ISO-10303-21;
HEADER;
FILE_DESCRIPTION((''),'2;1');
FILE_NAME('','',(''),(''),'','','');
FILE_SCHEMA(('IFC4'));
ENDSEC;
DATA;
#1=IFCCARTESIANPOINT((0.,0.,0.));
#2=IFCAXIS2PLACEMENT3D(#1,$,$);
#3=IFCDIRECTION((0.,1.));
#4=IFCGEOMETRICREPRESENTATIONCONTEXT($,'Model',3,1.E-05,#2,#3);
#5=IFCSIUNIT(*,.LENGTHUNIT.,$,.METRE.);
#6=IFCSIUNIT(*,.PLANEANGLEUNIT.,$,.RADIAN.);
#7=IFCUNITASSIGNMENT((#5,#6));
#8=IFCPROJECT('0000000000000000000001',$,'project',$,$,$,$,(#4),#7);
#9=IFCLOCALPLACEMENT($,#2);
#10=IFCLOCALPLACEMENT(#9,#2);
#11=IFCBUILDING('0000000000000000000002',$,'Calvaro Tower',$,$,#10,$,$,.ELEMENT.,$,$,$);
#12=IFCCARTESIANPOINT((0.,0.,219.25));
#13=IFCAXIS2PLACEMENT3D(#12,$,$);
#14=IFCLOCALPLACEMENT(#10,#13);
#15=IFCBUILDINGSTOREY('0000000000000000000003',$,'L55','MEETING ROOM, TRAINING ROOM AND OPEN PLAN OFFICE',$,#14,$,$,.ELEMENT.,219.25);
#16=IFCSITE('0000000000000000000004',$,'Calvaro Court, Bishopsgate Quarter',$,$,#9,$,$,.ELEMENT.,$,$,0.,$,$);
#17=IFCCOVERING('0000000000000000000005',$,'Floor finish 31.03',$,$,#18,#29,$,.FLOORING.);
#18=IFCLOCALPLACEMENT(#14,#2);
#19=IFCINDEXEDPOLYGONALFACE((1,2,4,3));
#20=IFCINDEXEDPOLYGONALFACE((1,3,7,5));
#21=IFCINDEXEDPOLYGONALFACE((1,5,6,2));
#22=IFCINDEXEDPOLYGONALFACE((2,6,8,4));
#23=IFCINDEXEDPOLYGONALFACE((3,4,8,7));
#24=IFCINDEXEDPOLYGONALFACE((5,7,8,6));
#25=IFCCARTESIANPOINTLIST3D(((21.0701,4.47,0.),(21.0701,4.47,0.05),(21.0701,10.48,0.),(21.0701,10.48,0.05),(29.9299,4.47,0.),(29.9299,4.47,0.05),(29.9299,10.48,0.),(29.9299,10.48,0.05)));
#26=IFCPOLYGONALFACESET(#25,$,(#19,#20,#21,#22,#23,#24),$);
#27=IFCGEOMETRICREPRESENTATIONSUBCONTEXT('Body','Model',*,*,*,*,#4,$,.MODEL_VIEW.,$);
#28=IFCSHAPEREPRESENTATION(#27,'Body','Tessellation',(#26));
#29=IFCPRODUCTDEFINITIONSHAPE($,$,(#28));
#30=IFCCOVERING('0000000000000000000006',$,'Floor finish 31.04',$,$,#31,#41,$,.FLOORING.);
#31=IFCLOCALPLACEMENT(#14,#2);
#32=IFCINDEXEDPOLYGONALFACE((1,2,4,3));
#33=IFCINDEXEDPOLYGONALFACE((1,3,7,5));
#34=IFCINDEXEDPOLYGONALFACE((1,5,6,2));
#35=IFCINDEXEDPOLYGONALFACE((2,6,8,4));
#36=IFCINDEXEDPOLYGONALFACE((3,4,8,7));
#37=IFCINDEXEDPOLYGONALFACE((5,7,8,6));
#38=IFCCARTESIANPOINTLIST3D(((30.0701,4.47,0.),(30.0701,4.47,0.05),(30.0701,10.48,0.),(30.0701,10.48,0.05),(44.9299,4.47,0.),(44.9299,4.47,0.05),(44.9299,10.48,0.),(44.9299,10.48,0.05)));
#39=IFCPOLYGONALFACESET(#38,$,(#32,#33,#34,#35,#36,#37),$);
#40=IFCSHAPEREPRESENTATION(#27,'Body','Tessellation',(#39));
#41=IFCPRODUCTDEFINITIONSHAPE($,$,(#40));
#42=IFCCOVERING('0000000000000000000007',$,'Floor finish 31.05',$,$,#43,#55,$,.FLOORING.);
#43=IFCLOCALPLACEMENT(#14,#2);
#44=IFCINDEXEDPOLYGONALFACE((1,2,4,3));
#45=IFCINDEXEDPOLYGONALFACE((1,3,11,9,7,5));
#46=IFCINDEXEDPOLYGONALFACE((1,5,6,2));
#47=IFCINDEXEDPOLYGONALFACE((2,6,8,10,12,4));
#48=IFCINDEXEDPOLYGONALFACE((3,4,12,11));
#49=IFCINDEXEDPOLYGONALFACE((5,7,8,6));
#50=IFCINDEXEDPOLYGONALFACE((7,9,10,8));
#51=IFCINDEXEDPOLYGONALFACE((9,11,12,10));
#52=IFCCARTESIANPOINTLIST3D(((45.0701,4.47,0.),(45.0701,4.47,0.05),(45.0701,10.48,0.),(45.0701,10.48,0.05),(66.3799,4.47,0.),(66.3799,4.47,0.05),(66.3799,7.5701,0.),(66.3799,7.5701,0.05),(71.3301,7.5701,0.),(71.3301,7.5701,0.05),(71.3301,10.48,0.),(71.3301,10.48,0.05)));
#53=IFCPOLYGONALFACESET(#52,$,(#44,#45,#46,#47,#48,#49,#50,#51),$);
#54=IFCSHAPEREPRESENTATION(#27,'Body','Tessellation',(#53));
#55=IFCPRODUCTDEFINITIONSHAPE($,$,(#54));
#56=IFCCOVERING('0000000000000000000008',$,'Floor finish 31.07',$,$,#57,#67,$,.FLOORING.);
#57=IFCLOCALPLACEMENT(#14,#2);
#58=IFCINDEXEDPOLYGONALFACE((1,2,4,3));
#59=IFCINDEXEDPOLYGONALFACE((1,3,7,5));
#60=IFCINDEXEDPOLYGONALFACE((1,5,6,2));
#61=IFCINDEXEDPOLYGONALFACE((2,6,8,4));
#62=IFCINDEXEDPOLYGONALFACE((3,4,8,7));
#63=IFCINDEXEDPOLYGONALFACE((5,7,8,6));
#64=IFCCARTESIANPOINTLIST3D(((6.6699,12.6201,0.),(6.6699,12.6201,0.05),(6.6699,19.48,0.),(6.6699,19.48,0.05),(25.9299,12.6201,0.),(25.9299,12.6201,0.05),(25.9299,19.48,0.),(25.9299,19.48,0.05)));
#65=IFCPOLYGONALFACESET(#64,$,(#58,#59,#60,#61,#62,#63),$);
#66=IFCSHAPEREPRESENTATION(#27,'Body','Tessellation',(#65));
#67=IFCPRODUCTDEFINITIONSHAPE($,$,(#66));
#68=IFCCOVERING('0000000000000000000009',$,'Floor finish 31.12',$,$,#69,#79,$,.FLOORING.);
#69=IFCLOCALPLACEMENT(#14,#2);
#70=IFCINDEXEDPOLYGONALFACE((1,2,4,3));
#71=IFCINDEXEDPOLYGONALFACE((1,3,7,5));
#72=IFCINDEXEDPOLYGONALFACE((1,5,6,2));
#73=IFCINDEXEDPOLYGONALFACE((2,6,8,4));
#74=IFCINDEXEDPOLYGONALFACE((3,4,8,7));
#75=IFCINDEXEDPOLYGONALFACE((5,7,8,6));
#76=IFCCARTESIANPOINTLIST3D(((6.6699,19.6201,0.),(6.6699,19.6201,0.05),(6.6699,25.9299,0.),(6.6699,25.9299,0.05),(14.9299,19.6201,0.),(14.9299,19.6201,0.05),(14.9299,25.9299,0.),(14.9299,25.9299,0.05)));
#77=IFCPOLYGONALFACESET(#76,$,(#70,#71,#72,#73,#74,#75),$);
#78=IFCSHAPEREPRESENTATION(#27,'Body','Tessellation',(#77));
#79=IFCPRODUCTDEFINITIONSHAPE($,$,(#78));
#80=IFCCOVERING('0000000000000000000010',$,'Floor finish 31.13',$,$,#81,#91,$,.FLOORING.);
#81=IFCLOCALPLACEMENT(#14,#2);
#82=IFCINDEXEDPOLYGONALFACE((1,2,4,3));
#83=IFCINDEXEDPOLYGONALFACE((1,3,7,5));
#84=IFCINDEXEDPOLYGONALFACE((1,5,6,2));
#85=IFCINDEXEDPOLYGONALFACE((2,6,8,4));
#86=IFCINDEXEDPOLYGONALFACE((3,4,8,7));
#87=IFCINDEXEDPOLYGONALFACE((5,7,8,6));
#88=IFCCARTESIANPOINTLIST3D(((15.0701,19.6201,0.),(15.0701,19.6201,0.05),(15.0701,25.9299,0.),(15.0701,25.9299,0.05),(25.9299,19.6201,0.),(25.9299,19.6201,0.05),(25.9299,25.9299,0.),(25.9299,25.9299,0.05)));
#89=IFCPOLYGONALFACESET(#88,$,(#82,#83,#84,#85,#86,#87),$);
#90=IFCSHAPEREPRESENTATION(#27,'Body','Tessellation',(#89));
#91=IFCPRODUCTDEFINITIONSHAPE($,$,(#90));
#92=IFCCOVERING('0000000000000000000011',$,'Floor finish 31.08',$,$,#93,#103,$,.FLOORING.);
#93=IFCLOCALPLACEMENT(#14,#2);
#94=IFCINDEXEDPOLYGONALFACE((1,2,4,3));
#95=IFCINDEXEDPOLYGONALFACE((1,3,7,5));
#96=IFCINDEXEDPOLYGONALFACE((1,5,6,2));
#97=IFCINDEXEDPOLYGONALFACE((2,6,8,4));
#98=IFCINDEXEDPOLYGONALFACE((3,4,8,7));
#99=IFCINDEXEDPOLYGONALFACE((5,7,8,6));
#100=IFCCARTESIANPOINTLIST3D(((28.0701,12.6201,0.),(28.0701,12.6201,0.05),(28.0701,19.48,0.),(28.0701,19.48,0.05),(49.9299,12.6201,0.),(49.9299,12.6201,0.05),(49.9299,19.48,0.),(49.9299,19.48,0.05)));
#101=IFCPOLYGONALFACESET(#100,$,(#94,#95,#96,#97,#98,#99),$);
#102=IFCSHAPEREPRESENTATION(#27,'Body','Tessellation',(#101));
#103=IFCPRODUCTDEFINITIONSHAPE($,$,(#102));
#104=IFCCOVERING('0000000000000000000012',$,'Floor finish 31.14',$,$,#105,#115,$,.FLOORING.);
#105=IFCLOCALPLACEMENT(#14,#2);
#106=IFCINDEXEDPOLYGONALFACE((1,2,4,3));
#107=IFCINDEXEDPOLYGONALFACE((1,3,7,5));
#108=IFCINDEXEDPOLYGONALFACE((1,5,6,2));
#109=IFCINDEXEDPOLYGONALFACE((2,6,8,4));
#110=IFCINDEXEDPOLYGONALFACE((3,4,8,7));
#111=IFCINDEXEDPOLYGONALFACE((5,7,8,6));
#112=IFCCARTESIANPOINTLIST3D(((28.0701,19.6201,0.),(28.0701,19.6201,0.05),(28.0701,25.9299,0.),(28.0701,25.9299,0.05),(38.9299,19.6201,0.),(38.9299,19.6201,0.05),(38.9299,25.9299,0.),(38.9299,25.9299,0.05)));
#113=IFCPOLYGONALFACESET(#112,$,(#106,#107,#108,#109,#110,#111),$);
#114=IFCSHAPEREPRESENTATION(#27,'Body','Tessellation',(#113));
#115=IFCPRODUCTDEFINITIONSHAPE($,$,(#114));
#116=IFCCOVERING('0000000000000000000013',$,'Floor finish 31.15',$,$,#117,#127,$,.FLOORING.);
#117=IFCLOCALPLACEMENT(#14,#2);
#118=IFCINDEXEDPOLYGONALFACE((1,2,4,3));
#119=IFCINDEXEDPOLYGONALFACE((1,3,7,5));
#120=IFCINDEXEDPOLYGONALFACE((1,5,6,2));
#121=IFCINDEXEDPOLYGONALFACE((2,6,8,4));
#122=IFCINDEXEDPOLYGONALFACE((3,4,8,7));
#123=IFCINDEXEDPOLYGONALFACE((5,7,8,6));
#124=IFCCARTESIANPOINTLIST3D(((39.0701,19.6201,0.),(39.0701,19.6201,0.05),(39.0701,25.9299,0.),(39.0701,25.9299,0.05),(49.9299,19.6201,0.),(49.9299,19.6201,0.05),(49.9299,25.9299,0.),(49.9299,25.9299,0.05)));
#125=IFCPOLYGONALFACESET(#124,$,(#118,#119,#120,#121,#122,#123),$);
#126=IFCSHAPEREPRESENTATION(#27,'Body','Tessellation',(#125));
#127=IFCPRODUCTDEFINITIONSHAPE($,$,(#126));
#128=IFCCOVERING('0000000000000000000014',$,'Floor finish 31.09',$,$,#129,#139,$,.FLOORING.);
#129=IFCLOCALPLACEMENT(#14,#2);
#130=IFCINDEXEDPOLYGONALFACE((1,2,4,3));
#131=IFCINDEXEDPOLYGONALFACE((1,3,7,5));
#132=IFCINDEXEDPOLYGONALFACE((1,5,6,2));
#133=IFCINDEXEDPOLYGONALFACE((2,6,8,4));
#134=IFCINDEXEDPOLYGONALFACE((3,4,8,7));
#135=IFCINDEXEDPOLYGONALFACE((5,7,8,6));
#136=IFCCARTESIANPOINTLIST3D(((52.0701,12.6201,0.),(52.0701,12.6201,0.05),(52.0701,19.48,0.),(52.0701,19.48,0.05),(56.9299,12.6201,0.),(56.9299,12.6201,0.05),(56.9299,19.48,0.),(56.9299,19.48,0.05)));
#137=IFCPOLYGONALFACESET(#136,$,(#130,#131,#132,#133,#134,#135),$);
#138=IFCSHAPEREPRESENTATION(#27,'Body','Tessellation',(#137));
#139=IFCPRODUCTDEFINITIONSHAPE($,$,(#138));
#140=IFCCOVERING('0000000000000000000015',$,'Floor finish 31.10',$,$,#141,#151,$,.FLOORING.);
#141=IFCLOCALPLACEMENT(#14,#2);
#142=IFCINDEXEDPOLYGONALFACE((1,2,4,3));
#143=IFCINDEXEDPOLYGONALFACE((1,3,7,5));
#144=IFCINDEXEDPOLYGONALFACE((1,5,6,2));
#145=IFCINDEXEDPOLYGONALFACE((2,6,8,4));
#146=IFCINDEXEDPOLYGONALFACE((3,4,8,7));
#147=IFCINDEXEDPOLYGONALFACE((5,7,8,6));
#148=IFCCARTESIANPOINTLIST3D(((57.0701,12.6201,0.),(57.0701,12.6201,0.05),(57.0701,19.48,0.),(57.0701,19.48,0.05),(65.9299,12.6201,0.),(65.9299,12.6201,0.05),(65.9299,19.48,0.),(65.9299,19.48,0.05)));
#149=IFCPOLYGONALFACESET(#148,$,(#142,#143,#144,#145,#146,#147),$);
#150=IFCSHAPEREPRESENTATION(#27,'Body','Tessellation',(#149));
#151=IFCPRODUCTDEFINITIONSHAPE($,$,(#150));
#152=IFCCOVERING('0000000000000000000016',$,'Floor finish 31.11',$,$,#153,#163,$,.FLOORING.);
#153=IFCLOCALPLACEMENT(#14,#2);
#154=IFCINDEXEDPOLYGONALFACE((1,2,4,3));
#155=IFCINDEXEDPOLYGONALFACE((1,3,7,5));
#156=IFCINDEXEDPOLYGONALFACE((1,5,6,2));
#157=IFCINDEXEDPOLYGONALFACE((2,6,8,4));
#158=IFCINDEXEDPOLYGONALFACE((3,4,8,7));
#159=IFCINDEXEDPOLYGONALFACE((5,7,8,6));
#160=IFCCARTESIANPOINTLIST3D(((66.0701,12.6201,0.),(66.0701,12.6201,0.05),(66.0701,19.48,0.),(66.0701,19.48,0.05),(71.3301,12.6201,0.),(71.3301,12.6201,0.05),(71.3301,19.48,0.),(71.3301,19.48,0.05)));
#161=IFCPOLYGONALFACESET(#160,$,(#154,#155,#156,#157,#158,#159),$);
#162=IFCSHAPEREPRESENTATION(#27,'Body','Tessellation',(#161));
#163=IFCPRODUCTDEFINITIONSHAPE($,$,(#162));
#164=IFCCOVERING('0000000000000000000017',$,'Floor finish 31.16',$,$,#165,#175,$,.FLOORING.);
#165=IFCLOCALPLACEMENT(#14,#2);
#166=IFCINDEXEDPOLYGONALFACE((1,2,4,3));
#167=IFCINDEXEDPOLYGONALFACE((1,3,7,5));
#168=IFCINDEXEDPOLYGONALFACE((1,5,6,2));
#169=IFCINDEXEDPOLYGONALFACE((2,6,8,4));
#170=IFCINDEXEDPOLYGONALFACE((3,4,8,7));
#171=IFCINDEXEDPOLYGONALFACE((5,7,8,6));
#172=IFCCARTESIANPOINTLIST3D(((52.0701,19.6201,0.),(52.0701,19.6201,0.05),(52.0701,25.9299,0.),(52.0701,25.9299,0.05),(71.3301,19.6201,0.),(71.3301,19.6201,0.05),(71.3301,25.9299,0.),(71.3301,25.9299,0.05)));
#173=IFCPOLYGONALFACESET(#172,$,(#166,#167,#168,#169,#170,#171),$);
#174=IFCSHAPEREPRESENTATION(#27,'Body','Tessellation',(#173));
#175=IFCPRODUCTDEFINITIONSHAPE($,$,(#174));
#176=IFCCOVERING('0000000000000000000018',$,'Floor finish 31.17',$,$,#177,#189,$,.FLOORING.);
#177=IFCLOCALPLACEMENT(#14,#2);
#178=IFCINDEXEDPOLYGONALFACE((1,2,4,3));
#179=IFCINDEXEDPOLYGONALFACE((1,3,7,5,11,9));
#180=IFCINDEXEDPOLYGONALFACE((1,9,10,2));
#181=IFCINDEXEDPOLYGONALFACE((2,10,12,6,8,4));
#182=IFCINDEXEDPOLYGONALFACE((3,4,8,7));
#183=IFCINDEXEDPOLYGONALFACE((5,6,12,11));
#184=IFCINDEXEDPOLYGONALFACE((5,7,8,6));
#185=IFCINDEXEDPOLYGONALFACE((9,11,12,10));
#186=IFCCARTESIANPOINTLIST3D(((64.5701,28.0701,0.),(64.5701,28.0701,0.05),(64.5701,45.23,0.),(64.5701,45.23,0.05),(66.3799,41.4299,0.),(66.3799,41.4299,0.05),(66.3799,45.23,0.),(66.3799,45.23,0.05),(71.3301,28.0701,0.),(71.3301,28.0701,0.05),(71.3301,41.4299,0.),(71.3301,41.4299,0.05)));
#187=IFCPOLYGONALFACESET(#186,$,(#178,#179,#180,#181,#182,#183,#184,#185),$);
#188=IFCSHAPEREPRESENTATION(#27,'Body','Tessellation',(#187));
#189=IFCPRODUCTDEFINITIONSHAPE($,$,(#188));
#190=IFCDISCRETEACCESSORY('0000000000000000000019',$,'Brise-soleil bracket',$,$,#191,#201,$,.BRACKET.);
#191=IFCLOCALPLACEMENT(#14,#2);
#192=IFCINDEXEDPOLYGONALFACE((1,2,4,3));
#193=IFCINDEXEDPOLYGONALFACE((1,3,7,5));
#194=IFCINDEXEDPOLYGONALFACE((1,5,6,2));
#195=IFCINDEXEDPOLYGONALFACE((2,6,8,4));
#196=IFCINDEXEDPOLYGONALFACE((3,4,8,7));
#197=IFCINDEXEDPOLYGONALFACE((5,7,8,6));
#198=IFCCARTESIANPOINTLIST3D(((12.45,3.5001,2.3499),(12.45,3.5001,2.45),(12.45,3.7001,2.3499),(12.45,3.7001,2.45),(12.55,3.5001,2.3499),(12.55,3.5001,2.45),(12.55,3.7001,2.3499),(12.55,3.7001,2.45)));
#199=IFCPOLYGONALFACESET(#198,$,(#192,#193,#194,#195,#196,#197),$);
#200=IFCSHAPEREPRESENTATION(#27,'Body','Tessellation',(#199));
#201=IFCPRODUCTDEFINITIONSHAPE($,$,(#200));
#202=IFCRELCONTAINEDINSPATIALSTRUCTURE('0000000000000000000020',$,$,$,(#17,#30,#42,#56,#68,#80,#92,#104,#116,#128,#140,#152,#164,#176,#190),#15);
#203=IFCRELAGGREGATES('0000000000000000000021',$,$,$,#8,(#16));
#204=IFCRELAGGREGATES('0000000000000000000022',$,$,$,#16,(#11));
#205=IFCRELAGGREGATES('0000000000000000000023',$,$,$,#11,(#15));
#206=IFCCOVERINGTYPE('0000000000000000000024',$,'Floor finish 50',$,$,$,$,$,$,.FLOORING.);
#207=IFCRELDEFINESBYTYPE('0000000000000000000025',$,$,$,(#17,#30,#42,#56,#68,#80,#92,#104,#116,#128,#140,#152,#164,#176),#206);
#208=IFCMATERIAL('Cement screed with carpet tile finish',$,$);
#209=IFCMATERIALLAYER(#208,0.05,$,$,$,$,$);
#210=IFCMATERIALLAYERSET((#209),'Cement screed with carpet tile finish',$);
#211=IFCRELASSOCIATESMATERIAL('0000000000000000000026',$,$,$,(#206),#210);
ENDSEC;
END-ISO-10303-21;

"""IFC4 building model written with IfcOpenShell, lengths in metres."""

from ifc_helpers import new_model, si_unit, direction, frame, origin, origin_2d, place, context, subcontext, project, spatial, polyline, rectangle, outline, extrude, material, layer, layer_set, type_object, element, save


model = new_model("IFC4")

# Units and contexts
model_context = context("Model", 3, precision=1e-05, world=origin(), true_north=direction((0.0, 1.0)))
body_context = subcontext(model_context, "Body", "Model", "MODEL_VIEW")
ifc_project = project(units=[si_unit("LENGTHUNIT", "METRE"), si_unit("PLANEANGLEUNIT", "RADIAN")], contexts=[model_context])

# Site, building, storey
site_placement = place(None, origin())
site = spatial("IfcSite", under=ifc_project, at=site_placement, Name="Calvaro Court, Bishopsgate Quarter", CompositionType="ELEMENT", RefElevation=0.0)
building_placement = place(site_placement, origin())
building = spatial("IfcBuilding", under=site, at=building_placement, Name="Calvaro Tower", CompositionType="ELEMENT")
storey_placement = place(building_placement, frame((0.0, 0.0, 219.25)))
storey = spatial("IfcBuildingStorey", under=building, at=storey_placement, Name="L55", Description="MEETING ROOM, TRAINING ROOM AND OPEN PLAN OFFICE", CompositionType="ELEMENT", Elevation=219.25)

# Coverings
ifc_material_1 = material(Name="Cement screed with carpet tile finish")
ifc_layer_1 = layer(ifc_material_1, 0.05)
ifc_layer_set_1 = layer_set([ifc_layer_1], Name="Cement screed with carpet tile finish")
covering_type = type_object("IfcCoveringType", Name="Floor finish 50", PredefinedType="FLOORING", material=ifc_layer_set_1)
covering_1_placement = place(storey_placement, origin())
element("IfcCovering", 1, at=covering_1_placement, inside=storey, type_object=covering_type, Name="Floor finish 31.03", PredefinedType="FLOORING", context=body_context, shape_type="SweptSolid", body=[
    extrude(outline(polyline([(21.0701, 10.48), (29.9299, 10.48), (29.9299, 4.47), (21.0701, 4.47), (21.0701, 10.48)])), origin(), (0.0, 0.0, 1.0), 0.05),
])
covering_2_placement = place(storey_placement, origin())
element("IfcCovering", 2, at=covering_2_placement, inside=storey, type_object=covering_type, Name="Floor finish 31.04", PredefinedType="FLOORING", context=body_context, shape_type="SweptSolid", body=[
    extrude(outline(polyline([(30.0701, 10.48), (44.9299, 10.48), (44.9299, 4.47), (30.0701, 4.47), (30.0701, 10.48)])), origin(), (0.0, 0.0, 1.0), 0.05),
])
covering_3_placement = place(storey_placement, origin())
element("IfcCovering", 3, at=covering_3_placement, inside=storey, type_object=covering_type, Name="Floor finish 31.05", PredefinedType="FLOORING", context=body_context, shape_type="SweptSolid", body=[
    extrude(outline(polyline([(71.3301, 7.5701), (66.3799, 7.5701), (66.3799, 4.47), (45.0701, 4.47), (45.0701, 10.48), (71.3301, 10.48), (71.3301, 7.5701)])), origin(), (0.0, 0.0, 1.0), 0.05),
])
covering_4_placement = place(storey_placement, origin())
element("IfcCovering", 4, at=covering_4_placement, inside=storey, type_object=covering_type, Name="Floor finish 31.07", PredefinedType="FLOORING", context=body_context, shape_type="SweptSolid", body=[
    extrude(outline(polyline([(25.9299, 19.48), (25.9299, 12.6201), (6.6699, 12.6201), (6.6699, 19.48), (25.9299, 19.48)])), origin(), (0.0, 0.0, 1.0), 0.05),
])
covering_5_placement = place(storey_placement, origin())
element("IfcCovering", 5, at=covering_5_placement, inside=storey, type_object=covering_type, Name="Floor finish 31.12", PredefinedType="FLOORING", context=body_context, shape_type="SweptSolid", body=[
    extrude(outline(polyline([(14.9299, 25.9299), (14.9299, 19.6201), (6.6699, 19.6201), (6.6699, 25.9299), (14.9299, 25.9299)])), origin(), (0.0, 0.0, 1.0), 0.05),
])
covering_6_placement = place(storey_placement, origin())
element("IfcCovering", 6, at=covering_6_placement, inside=storey, type_object=covering_type, Name="Floor finish 31.13", PredefinedType="FLOORING", context=body_context, shape_type="SweptSolid", body=[
    extrude(outline(polyline([(15.0701, 19.6201), (15.0701, 25.9299), (25.9299, 25.9299), (25.9299, 19.6201), (15.0701, 19.6201)])), origin(), (0.0, 0.0, 1.0), 0.05),
])
covering_7_placement = place(storey_placement, origin())
element("IfcCovering", 7, at=covering_7_placement, inside=storey, type_object=covering_type, Name="Floor finish 31.08", PredefinedType="FLOORING", context=body_context, shape_type="SweptSolid", body=[
    extrude(outline(polyline([(28.0701, 12.6201), (28.0701, 19.48), (49.9299, 19.48), (49.9299, 12.6201), (28.0701, 12.6201)])), origin(), (0.0, 0.0, 1.0), 0.05),
])
covering_8_placement = place(storey_placement, origin())
element("IfcCovering", 8, at=covering_8_placement, inside=storey, type_object=covering_type, Name="Floor finish 31.14", PredefinedType="FLOORING", context=body_context, shape_type="SweptSolid", body=[
    extrude(outline(polyline([(28.0701, 19.6201), (28.0701, 25.9299), (38.9299, 25.9299), (38.9299, 19.6201), (28.0701, 19.6201)])), origin(), (0.0, 0.0, 1.0), 0.05),
])
covering_9_placement = place(storey_placement, origin())
element("IfcCovering", 9, at=covering_9_placement, inside=storey, type_object=covering_type, Name="Floor finish 31.15", PredefinedType="FLOORING", context=body_context, shape_type="SweptSolid", body=[
    extrude(outline(polyline([(39.0701, 19.6201), (39.0701, 25.9299), (49.9299, 25.9299), (49.9299, 19.6201), (39.0701, 19.6201)])), origin(), (0.0, 0.0, 1.0), 0.05),
])
covering_10_placement = place(storey_placement, origin())
element("IfcCovering", 10, at=covering_10_placement, inside=storey, type_object=covering_type, Name="Floor finish 31.09", PredefinedType="FLOORING", context=body_context, shape_type="SweptSolid", body=[
    extrude(outline(polyline([(52.0701, 12.6201), (52.0701, 19.48), (56.9299, 19.48), (56.9299, 12.6201), (52.0701, 12.6201)])), origin(), (0.0, 0.0, 1.0), 0.05),
])
covering_11_placement = place(storey_placement, origin())
element("IfcCovering", 11, at=covering_11_placement, inside=storey, type_object=covering_type, Name="Floor finish 31.10", PredefinedType="FLOORING", context=body_context, shape_type="SweptSolid", body=[
    extrude(outline(polyline([(57.0701, 12.6201), (57.0701, 19.48), (65.9299, 19.48), (65.9299, 12.6201), (57.0701, 12.6201)])), origin(), (0.0, 0.0, 1.0), 0.05),
])
covering_12_placement = place(storey_placement, origin())
element("IfcCovering", 12, at=covering_12_placement, inside=storey, type_object=covering_type, Name="Floor finish 31.11", PredefinedType="FLOORING", context=body_context, shape_type="SweptSolid", body=[
    extrude(outline(polyline([(71.3301, 12.6201), (66.0701, 12.6201), (66.0701, 19.48), (71.3301, 19.48), (71.3301, 12.6201)])), origin(), (0.0, 0.0, 1.0), 0.05),
])
covering_13_placement = place(storey_placement, origin())
element("IfcCovering", 13, at=covering_13_placement, inside=storey, type_object=covering_type, Name="Floor finish 31.16", PredefinedType="FLOORING", context=body_context, shape_type="SweptSolid", body=[
    extrude(outline(polyline([(71.3301, 19.6201), (52.0701, 19.6201), (52.0701, 25.9299), (71.3301, 25.9299), (71.3301, 19.6201)])), origin(), (0.0, 0.0, 1.0), 0.05),
])
covering_14_placement = place(storey_placement, origin())
element("IfcCovering", 14, at=covering_14_placement, inside=storey, type_object=covering_type, Name="Floor finish 31.17", PredefinedType="FLOORING", context=body_context, shape_type="SweptSolid", body=[
    extrude(outline(polyline([(71.3301, 28.0701), (64.5701, 28.0701), (64.5701, 45.23), (66.3799, 45.23), (66.3799, 41.4299), (71.3301, 41.4299), (71.3301, 28.0701)])), origin(), (0.0, 0.0, 1.0), 0.05),
])

# Discrete accessory
discrete_accessory_placement = place(storey_placement, frame((12.5, 3.6001, 2.3499), z_axis=(0.0, 0.0, 1.0), x_axis=(1.0, 0.0, 0.0)))
element("IfcDiscreteAccessory", 15, at=discrete_accessory_placement, inside=storey, Name="Brise-soleil bracket", PredefinedType="BRACKET", context=body_context, shape_type="SweptSolid", body=[
    extrude(rectangle(XDim=0.1001, YDim=0.2, at=origin_2d()), origin(), (0.0, 0.0, 1.0), 0.1001),
])

save(model, "model.ifc")
